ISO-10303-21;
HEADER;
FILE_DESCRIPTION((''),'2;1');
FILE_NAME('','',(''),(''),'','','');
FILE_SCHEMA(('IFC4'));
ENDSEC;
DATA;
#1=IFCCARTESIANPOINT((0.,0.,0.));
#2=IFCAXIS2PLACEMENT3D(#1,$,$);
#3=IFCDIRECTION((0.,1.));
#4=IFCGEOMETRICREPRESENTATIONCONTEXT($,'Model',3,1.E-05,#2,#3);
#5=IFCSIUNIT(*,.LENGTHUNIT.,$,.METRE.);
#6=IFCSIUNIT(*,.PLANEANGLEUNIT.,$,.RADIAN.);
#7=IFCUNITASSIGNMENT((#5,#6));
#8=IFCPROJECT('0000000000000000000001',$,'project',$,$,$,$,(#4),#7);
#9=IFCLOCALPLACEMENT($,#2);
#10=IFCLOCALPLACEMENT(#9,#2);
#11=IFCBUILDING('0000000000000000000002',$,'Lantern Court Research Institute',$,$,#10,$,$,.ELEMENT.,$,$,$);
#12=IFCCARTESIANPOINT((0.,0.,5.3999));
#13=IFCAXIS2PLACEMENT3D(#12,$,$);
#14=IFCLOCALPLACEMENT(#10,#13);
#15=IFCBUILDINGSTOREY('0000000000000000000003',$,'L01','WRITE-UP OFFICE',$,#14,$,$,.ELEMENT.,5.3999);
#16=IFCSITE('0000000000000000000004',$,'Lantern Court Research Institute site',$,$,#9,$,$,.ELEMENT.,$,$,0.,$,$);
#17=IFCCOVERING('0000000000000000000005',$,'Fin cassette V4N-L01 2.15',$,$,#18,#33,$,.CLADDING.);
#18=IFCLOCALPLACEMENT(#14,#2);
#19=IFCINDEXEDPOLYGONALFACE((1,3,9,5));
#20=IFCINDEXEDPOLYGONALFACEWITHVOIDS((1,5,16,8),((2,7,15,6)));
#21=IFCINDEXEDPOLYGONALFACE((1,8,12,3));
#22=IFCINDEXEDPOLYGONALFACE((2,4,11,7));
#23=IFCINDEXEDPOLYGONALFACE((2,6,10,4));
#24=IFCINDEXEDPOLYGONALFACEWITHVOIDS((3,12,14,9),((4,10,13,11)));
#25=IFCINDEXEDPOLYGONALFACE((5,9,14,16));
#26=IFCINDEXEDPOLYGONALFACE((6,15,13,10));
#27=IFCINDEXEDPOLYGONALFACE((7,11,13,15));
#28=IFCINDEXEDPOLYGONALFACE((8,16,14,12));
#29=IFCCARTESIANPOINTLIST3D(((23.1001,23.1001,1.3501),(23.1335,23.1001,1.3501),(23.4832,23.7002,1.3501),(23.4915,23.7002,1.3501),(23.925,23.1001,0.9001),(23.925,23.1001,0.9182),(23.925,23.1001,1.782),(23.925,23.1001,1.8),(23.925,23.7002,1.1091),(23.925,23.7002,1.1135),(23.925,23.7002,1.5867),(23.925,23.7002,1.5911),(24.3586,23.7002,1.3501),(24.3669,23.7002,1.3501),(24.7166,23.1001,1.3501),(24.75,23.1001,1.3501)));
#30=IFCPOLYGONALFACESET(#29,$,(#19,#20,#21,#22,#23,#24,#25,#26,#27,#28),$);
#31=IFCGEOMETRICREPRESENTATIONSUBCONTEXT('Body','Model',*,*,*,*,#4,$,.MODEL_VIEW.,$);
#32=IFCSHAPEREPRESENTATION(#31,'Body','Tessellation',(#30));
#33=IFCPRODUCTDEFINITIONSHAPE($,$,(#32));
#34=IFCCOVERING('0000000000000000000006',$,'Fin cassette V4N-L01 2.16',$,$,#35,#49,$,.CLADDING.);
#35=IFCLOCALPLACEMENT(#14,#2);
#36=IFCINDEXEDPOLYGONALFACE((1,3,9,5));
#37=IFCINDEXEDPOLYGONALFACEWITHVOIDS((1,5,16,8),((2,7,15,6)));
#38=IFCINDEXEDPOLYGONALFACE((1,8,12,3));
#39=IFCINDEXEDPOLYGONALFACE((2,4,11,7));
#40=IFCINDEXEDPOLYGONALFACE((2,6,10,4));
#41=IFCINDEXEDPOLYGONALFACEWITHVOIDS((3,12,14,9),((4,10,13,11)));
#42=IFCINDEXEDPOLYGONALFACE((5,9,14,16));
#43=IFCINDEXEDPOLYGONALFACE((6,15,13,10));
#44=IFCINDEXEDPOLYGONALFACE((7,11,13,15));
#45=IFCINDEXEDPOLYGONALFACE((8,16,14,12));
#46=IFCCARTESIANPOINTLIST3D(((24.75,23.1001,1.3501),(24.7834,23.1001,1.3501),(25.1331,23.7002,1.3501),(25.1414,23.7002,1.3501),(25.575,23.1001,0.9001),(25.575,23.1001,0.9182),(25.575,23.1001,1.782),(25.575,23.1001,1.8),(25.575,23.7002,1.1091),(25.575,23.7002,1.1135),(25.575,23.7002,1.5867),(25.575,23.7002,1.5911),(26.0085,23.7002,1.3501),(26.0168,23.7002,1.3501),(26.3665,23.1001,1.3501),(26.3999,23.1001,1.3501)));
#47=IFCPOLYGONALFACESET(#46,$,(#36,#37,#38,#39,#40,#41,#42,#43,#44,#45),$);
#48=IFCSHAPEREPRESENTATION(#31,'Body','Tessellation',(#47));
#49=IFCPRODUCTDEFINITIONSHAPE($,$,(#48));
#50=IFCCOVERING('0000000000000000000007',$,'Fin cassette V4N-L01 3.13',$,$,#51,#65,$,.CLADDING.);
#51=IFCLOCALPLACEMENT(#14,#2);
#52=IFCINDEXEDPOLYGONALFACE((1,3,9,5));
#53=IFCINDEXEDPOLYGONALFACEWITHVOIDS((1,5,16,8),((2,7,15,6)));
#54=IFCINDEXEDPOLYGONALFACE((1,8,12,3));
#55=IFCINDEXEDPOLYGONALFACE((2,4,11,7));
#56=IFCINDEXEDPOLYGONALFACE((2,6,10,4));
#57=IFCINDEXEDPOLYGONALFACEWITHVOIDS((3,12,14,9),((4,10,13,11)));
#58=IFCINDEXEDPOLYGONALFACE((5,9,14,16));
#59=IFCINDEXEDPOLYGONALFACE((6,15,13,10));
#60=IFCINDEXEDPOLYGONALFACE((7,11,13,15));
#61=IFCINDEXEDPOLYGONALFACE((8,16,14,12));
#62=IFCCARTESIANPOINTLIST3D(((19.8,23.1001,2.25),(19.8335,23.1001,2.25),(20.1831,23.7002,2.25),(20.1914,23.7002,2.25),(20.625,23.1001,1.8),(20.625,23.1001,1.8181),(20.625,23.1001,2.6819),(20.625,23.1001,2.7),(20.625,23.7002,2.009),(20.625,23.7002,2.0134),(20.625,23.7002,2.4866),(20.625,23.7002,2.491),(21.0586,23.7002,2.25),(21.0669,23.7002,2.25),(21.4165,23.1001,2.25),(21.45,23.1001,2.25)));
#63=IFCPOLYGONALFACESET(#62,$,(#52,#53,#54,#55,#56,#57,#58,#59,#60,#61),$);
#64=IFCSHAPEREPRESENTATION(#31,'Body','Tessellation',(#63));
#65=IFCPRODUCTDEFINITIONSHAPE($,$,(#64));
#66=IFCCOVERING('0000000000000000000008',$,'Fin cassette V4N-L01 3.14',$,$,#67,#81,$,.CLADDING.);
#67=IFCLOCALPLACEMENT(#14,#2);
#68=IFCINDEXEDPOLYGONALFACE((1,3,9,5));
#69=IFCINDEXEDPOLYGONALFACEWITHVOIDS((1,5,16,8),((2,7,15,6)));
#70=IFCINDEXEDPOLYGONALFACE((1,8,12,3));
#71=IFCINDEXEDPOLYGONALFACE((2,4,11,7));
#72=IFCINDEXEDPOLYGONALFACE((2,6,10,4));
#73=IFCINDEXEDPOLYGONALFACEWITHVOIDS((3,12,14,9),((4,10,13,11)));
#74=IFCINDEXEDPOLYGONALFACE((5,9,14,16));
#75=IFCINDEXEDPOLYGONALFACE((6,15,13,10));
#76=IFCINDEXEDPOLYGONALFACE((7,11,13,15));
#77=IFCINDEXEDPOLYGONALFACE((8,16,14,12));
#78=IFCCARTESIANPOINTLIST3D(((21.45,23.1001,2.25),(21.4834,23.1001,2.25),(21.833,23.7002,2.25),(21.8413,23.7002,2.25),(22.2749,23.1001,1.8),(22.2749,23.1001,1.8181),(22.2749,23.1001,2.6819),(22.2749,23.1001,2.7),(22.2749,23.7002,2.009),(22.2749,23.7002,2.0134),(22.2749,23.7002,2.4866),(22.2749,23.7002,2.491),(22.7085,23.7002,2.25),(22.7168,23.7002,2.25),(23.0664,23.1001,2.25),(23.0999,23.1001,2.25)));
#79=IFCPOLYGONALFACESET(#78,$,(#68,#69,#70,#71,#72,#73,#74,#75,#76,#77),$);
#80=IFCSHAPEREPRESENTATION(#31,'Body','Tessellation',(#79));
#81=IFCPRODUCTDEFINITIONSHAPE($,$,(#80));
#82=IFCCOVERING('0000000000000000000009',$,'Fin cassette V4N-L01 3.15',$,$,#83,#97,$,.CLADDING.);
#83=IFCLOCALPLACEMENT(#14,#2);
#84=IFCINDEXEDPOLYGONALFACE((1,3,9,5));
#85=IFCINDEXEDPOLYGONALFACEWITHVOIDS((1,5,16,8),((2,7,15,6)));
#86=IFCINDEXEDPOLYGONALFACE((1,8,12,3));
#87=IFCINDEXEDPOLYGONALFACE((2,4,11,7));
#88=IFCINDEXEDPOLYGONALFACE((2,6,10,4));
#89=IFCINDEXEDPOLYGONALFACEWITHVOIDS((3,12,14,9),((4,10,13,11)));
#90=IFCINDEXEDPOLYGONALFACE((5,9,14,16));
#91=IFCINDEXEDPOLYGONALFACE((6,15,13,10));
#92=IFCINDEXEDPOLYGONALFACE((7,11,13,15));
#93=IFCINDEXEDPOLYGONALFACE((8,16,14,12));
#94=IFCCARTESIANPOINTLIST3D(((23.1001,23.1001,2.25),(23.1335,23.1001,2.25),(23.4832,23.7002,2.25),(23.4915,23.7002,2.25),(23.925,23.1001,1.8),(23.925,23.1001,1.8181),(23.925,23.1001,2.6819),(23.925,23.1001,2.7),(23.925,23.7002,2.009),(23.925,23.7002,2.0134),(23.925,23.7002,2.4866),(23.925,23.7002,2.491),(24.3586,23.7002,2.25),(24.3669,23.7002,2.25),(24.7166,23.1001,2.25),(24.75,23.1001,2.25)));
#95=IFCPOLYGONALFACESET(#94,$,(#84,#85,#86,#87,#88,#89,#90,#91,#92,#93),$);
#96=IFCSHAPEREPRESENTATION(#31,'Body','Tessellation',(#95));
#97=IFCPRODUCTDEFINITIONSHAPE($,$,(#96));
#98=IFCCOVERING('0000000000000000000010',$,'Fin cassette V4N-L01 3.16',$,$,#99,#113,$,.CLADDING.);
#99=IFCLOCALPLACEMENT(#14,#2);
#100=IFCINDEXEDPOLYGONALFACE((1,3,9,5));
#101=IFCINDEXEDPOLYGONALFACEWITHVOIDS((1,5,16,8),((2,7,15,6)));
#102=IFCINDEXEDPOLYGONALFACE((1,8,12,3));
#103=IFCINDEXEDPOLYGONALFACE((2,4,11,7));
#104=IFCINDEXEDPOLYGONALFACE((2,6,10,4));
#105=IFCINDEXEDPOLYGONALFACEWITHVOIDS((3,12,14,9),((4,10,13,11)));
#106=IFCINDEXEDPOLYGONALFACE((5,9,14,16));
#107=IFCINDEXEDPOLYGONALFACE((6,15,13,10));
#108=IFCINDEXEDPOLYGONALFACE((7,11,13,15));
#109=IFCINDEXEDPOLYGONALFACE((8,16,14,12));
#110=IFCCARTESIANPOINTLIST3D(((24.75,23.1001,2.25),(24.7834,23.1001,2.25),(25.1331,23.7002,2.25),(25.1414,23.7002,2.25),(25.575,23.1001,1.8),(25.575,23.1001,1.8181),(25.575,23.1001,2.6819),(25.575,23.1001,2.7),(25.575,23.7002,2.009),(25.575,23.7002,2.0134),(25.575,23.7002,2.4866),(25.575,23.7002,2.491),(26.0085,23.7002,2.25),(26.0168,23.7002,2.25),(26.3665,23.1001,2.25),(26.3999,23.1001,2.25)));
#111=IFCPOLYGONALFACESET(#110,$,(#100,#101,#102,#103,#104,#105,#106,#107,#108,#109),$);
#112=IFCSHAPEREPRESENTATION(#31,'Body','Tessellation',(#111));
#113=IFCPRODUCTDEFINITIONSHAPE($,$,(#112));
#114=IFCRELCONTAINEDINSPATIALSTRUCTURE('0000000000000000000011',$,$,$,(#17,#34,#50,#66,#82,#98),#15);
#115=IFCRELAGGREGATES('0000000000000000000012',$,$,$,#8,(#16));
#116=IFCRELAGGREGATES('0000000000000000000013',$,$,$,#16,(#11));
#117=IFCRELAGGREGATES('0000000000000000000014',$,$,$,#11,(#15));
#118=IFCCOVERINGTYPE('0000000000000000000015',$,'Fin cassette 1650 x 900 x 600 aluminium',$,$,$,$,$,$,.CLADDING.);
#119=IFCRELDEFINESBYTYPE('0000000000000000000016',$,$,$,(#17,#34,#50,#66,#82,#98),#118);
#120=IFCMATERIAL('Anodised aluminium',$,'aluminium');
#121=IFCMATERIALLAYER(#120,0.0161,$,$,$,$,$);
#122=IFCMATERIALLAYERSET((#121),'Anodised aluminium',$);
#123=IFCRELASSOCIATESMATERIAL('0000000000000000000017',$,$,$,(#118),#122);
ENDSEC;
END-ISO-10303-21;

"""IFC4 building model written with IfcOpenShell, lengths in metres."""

from ifc_helpers import new_model, entity, si_unit, direction, frame, origin, place, context, subcontext, project, spatial, material, layer, layer_set, type_object, element, save


model = new_model("IFC4")

# Units and contexts
model_context = context("Model", 3, precision=1e-05, world=origin(), true_north=direction((0.0, 1.0)))
body_context = subcontext(model_context, "Body", "Model", "MODEL_VIEW")
ifc_project = project(units=[si_unit("LENGTHUNIT", "METRE"), si_unit("PLANEANGLEUNIT", "RADIAN")], contexts=[model_context])

# Site, building, storey
site_placement = place(None, origin())
site = spatial("IfcSite", under=ifc_project, at=site_placement, Name="Lantern Court Research Institute site", CompositionType="ELEMENT", RefElevation=0.0)
building_placement = place(site_placement, origin())
building = spatial("IfcBuilding", under=site, at=building_placement, Name="Lantern Court Research Institute", CompositionType="ELEMENT")
storey_placement = place(building_placement, frame((0.0, 0.0, 5.3999)))
storey = spatial("IfcBuildingStorey", under=building, at=storey_placement, Name="L01", Description="WRITE-UP OFFICE", CompositionType="ELEMENT", Elevation=5.3999)

# Coverings
ifc_material_1 = material(Name="Anodised aluminium", Category="aluminium")
ifc_layer_1 = layer(ifc_material_1, 0.0161)
ifc_layer_set_1 = layer_set([ifc_layer_1], Name="Anodised aluminium")
covering_type = type_object("IfcCoveringType", Name="Fin cassette 1650 x 900 x 600 aluminium", PredefinedType="CLADDING", material=ifc_layer_set_1)
covering_1_placement = place(storey_placement, frame((23.925, 23.1001, 1.3501), z_axis=(0.0, 1.0, 0.0), x_axis=(-1.0, 0.0, 0.0)))
cartesian_point_1 = entity("IfcCartesianPoint", [0.825, 0.0])
cartesian_point_2 = entity("IfcCartesianPoint", [0.7915, 0.0])
cartesian_point_3 = entity("IfcCartesianPoint", [0.4419, 0.0])
cartesian_point_4 = entity("IfcCartesianPoint", [0.4336, 0.0])
element("IfcCovering", 1, at=covering_1_placement, inside=storey, type_object=covering_type, Name="Fin cassette V4N-L01 2.15", PredefinedType="CLADDING", context=body_context, shape_type="SweptSolid", body=[
    entity("IfcExtrudedAreaSolidTapered", entity("IfcArbitraryProfileDefWithVoids", "AREA", None, entity("IfcPolyline", [cartesian_point_1, entity("IfcCartesianPoint", [0.0, 0.45]), entity("IfcCartesianPoint", [-0.825, 0.0]), entity("IfcCartesianPoint", [0.0, -0.45]), cartesian_point_1]), [entity("IfcPolyline", [cartesian_point_2, entity("IfcCartesianPoint", [0.0, 0.4319]), entity("IfcCartesianPoint", [-0.7915, 0.0]), entity("IfcCartesianPoint", [0.0, -0.4319]), cartesian_point_2])]), entity("IfcAxis2Placement3D", entity("IfcCartesianPoint", [0.0, 0.0, 0.0])), entity("IfcDirection", [0.0, 0.0, 1.0]), 0.6001, entity("IfcArbitraryProfileDefWithVoids", "AREA", None, entity("IfcPolyline", [cartesian_point_3, entity("IfcCartesianPoint", [0.0, 0.241]), entity("IfcCartesianPoint", [-0.4419, 0.0]), entity("IfcCartesianPoint", [0.0, -0.241]), cartesian_point_3]), [entity("IfcPolyline", [cartesian_point_4, entity("IfcCartesianPoint", [0.0, 0.2366]), entity("IfcCartesianPoint", [-0.4336, 0.0]), entity("IfcCartesianPoint", [0.0, -0.2366]), cartesian_point_4])])),
])
covering_2_placement = place(storey_placement, frame((25.575, 23.1001, 1.3501), z_axis=(0.0, 1.0, 0.0), x_axis=(-1.0, 0.0, 0.0)))
cartesian_point_5 = entity("IfcCartesianPoint", [0.825, 0.0])
cartesian_point_6 = entity("IfcCartesianPoint", [0.7915, 0.0])
cartesian_point_7 = entity("IfcCartesianPoint", [0.4419, 0.0])
cartesian_point_8 = entity("IfcCartesianPoint", [0.4336, 0.0])
element("IfcCovering", 2, at=covering_2_placement, inside=storey, type_object=covering_type, Name="Fin cassette V4N-L01 2.16", PredefinedType="CLADDING", context=body_context, shape_type="SweptSolid", body=[
    entity("IfcExtrudedAreaSolidTapered", entity("IfcArbitraryProfileDefWithVoids", "AREA", None, entity("IfcPolyline", [cartesian_point_5, entity("IfcCartesianPoint", [0.0, 0.45]), entity("IfcCartesianPoint", [-0.825, 0.0]), entity("IfcCartesianPoint", [0.0, -0.45]), cartesian_point_5]), [entity("IfcPolyline", [cartesian_point_6, entity("IfcCartesianPoint", [0.0, 0.4319]), entity("IfcCartesianPoint", [-0.7915, 0.0]), entity("IfcCartesianPoint", [0.0, -0.4319]), cartesian_point_6])]), entity("IfcAxis2Placement3D", entity("IfcCartesianPoint", [0.0, 0.0, 0.0])), entity("IfcDirection", [0.0, 0.0, 1.0]), 0.6001, entity("IfcArbitraryProfileDefWithVoids", "AREA", None, entity("IfcPolyline", [cartesian_point_7, entity("IfcCartesianPoint", [0.0, 0.241]), entity("IfcCartesianPoint", [-0.4419, 0.0]), entity("IfcCartesianPoint", [0.0, -0.241]), cartesian_point_7]), [entity("IfcPolyline", [cartesian_point_8, entity("IfcCartesianPoint", [0.0, 0.2366]), entity("IfcCartesianPoint", [-0.4336, 0.0]), entity("IfcCartesianPoint", [0.0, -0.2366]), cartesian_point_8])])),
])
covering_3_placement = place(storey_placement, frame((20.625, 23.1001, 2.25), z_axis=(0.0, 1.0, 0.0), x_axis=(-1.0, 0.0, 0.0)))
cartesian_point_9 = entity("IfcCartesianPoint", [0.825, 0.0])
cartesian_point_10 = entity("IfcCartesianPoint", [0.7915, 0.0])
cartesian_point_11 = entity("IfcCartesianPoint", [0.4419, 0.0])
cartesian_point_12 = entity("IfcCartesianPoint", [0.4336, 0.0])
element("IfcCovering", 3, at=covering_3_placement, inside=storey, type_object=covering_type, Name="Fin cassette V4N-L01 3.13", PredefinedType="CLADDING", context=body_context, shape_type="SweptSolid", body=[
    entity("IfcExtrudedAreaSolidTapered", entity("IfcArbitraryProfileDefWithVoids", "AREA", None, entity("IfcPolyline", [cartesian_point_9, entity("IfcCartesianPoint", [0.0, 0.45]), entity("IfcCartesianPoint", [-0.825, 0.0]), entity("IfcCartesianPoint", [0.0, -0.45]), cartesian_point_9]), [entity("IfcPolyline", [cartesian_point_10, entity("IfcCartesianPoint", [0.0, 0.4319]), entity("IfcCartesianPoint", [-0.7915, 0.0]), entity("IfcCartesianPoint", [0.0, -0.4319]), cartesian_point_10])]), entity("IfcAxis2Placement3D", entity("IfcCartesianPoint", [0.0, 0.0, 0.0])), entity("IfcDirection", [0.0, 0.0, 1.0]), 0.6001, entity("IfcArbitraryProfileDefWithVoids", "AREA", None, entity("IfcPolyline", [cartesian_point_11, entity("IfcCartesianPoint", [0.0, 0.241]), entity("IfcCartesianPoint", [-0.4419, 0.0]), entity("IfcCartesianPoint", [0.0, -0.241]), cartesian_point_11]), [entity("IfcPolyline", [cartesian_point_12, entity("IfcCartesianPoint", [0.0, 0.2366]), entity("IfcCartesianPoint", [-0.4336, 0.0]), entity("IfcCartesianPoint", [0.0, -0.2366]), cartesian_point_12])])),
])
covering_4_placement = place(storey_placement, frame((22.2749, 23.1001, 2.25), z_axis=(0.0, 1.0, 0.0), x_axis=(-1.0, 0.0, 0.0)))
cartesian_point_13 = entity("IfcCartesianPoint", [0.825, 0.0])
cartesian_point_14 = entity("IfcCartesianPoint", [0.7915, 0.0])
cartesian_point_15 = entity("IfcCartesianPoint", [0.4419, 0.0])
cartesian_point_16 = entity("IfcCartesianPoint", [0.4336, 0.0])
element("IfcCovering", 4, at=covering_4_placement, inside=storey, type_object=covering_type, Name="Fin cassette V4N-L01 3.14", PredefinedType="CLADDING", context=body_context, shape_type="SweptSolid", body=[
    entity("IfcExtrudedAreaSolidTapered", entity("IfcArbitraryProfileDefWithVoids", "AREA", None, entity("IfcPolyline", [cartesian_point_13, entity("IfcCartesianPoint", [0.0, 0.45]), entity("IfcCartesianPoint", [-0.825, 0.0]), entity("IfcCartesianPoint", [0.0, -0.45]), cartesian_point_13]), [entity("IfcPolyline", [cartesian_point_14, entity("IfcCartesianPoint", [0.0, 0.4319]), entity("IfcCartesianPoint", [-0.7915, 0.0]), entity("IfcCartesianPoint", [0.0, -0.4319]), cartesian_point_14])]), entity("IfcAxis2Placement3D", entity("IfcCartesianPoint", [0.0, 0.0, 0.0])), entity("IfcDirection", [0.0, 0.0, 1.0]), 0.6001, entity("IfcArbitraryProfileDefWithVoids", "AREA", None, entity("IfcPolyline", [cartesian_point_15, entity("IfcCartesianPoint", [0.0, 0.241]), entity("IfcCartesianPoint", [-0.4419, 0.0]), entity("IfcCartesianPoint", [0.0, -0.241]), cartesian_point_15]), [entity("IfcPolyline", [cartesian_point_16, entity("IfcCartesianPoint", [0.0, 0.2366]), entity("IfcCartesianPoint", [-0.4336, 0.0]), entity("IfcCartesianPoint", [0.0, -0.2366]), cartesian_point_16])])),
])
covering_5_placement = place(storey_placement, frame((23.925, 23.1001, 2.25), z_axis=(0.0, 1.0, 0.0), x_axis=(-1.0, 0.0, 0.0)))
cartesian_point_17 = entity("IfcCartesianPoint", [0.825, 0.0])
cartesian_point_18 = entity("IfcCartesianPoint", [0.7915, 0.0])
cartesian_point_19 = entity("IfcCartesianPoint", [0.4419, 0.0])
cartesian_point_20 = entity("IfcCartesianPoint", [0.4336, 0.0])
element("IfcCovering", 5, at=covering_5_placement, inside=storey, type_object=covering_type, Name="Fin cassette V4N-L01 3.15", PredefinedType="CLADDING", context=body_context, shape_type="SweptSolid", body=[
    entity("IfcExtrudedAreaSolidTapered", entity("IfcArbitraryProfileDefWithVoids", "AREA", None, entity("IfcPolyline", [cartesian_point_17, entity("IfcCartesianPoint", [0.0, 0.45]), entity("IfcCartesianPoint", [-0.825, 0.0]), entity("IfcCartesianPoint", [0.0, -0.45]), cartesian_point_17]), [entity("IfcPolyline", [cartesian_point_18, entity("IfcCartesianPoint", [0.0, 0.4319]), entity("IfcCartesianPoint", [-0.7915, 0.0]), entity("IfcCartesianPoint", [0.0, -0.4319]), cartesian_point_18])]), entity("IfcAxis2Placement3D", entity("IfcCartesianPoint", [0.0, 0.0, 0.0])), entity("IfcDirection", [0.0, 0.0, 1.0]), 0.6001, entity("IfcArbitraryProfileDefWithVoids", "AREA", None, entity("IfcPolyline", [cartesian_point_19, entity("IfcCartesianPoint", [0.0, 0.241]), entity("IfcCartesianPoint", [-0.4419, 0.0]), entity("IfcCartesianPoint", [0.0, -0.241]), cartesian_point_19]), [entity("IfcPolyline", [cartesian_point_20, entity("IfcCartesianPoint", [0.0, 0.2366]), entity("IfcCartesianPoint", [-0.4336, 0.0]), entity("IfcCartesianPoint", [0.0, -0.2366]), cartesian_point_20])])),
])
covering_6_placement = place(storey_placement, frame((25.575, 23.1001, 2.25), z_axis=(0.0, 1.0, 0.0), x_axis=(-1.0, 0.0, 0.0)))
cartesian_point_21 = entity("IfcCartesianPoint", [0.825, 0.0])
cartesian_point_22 = entity("IfcCartesianPoint", [0.7915, 0.0])
cartesian_point_23 = entity("IfcCartesianPoint", [0.4419, 0.0])
cartesian_point_24 = entity("IfcCartesianPoint", [0.4336, 0.0])
element("IfcCovering", 6, at=covering_6_placement, inside=storey, type_object=covering_type, Name="Fin cassette V4N-L01 3.16", PredefinedType="CLADDING", context=body_context, shape_type="SweptSolid", body=[
    entity("IfcExtrudedAreaSolidTapered", entity("IfcArbitraryProfileDefWithVoids", "AREA", None, entity("IfcPolyline", [cartesian_point_21, entity("IfcCartesianPoint", [0.0, 0.45]), entity("IfcCartesianPoint", [-0.825, 0.0]), entity("IfcCartesianPoint", [0.0, -0.45]), cartesian_point_21]), [entity("IfcPolyline", [cartesian_point_22, entity("IfcCartesianPoint", [0.0, 0.4319]), entity("IfcCartesianPoint", [-0.7915, 0.0]), entity("IfcCartesianPoint", [0.0, -0.4319]), cartesian_point_22])]), entity("IfcAxis2Placement3D", entity("IfcCartesianPoint", [0.0, 0.0, 0.0])), entity("IfcDirection", [0.0, 0.0, 1.0]), 0.6001, entity("IfcArbitraryProfileDefWithVoids", "AREA", None, entity("IfcPolyline", [cartesian_point_23, entity("IfcCartesianPoint", [0.0, 0.241]), entity("IfcCartesianPoint", [-0.4419, 0.0]), entity("IfcCartesianPoint", [0.0, -0.241]), cartesian_point_23]), [entity("IfcPolyline", [cartesian_point_24, entity("IfcCartesianPoint", [0.0, 0.2366]), entity("IfcCartesianPoint", [-0.4336, 0.0]), entity("IfcCartesianPoint", [0.0, -0.2366]), cartesian_point_24])])),
])

save(model, "model.ifc")
